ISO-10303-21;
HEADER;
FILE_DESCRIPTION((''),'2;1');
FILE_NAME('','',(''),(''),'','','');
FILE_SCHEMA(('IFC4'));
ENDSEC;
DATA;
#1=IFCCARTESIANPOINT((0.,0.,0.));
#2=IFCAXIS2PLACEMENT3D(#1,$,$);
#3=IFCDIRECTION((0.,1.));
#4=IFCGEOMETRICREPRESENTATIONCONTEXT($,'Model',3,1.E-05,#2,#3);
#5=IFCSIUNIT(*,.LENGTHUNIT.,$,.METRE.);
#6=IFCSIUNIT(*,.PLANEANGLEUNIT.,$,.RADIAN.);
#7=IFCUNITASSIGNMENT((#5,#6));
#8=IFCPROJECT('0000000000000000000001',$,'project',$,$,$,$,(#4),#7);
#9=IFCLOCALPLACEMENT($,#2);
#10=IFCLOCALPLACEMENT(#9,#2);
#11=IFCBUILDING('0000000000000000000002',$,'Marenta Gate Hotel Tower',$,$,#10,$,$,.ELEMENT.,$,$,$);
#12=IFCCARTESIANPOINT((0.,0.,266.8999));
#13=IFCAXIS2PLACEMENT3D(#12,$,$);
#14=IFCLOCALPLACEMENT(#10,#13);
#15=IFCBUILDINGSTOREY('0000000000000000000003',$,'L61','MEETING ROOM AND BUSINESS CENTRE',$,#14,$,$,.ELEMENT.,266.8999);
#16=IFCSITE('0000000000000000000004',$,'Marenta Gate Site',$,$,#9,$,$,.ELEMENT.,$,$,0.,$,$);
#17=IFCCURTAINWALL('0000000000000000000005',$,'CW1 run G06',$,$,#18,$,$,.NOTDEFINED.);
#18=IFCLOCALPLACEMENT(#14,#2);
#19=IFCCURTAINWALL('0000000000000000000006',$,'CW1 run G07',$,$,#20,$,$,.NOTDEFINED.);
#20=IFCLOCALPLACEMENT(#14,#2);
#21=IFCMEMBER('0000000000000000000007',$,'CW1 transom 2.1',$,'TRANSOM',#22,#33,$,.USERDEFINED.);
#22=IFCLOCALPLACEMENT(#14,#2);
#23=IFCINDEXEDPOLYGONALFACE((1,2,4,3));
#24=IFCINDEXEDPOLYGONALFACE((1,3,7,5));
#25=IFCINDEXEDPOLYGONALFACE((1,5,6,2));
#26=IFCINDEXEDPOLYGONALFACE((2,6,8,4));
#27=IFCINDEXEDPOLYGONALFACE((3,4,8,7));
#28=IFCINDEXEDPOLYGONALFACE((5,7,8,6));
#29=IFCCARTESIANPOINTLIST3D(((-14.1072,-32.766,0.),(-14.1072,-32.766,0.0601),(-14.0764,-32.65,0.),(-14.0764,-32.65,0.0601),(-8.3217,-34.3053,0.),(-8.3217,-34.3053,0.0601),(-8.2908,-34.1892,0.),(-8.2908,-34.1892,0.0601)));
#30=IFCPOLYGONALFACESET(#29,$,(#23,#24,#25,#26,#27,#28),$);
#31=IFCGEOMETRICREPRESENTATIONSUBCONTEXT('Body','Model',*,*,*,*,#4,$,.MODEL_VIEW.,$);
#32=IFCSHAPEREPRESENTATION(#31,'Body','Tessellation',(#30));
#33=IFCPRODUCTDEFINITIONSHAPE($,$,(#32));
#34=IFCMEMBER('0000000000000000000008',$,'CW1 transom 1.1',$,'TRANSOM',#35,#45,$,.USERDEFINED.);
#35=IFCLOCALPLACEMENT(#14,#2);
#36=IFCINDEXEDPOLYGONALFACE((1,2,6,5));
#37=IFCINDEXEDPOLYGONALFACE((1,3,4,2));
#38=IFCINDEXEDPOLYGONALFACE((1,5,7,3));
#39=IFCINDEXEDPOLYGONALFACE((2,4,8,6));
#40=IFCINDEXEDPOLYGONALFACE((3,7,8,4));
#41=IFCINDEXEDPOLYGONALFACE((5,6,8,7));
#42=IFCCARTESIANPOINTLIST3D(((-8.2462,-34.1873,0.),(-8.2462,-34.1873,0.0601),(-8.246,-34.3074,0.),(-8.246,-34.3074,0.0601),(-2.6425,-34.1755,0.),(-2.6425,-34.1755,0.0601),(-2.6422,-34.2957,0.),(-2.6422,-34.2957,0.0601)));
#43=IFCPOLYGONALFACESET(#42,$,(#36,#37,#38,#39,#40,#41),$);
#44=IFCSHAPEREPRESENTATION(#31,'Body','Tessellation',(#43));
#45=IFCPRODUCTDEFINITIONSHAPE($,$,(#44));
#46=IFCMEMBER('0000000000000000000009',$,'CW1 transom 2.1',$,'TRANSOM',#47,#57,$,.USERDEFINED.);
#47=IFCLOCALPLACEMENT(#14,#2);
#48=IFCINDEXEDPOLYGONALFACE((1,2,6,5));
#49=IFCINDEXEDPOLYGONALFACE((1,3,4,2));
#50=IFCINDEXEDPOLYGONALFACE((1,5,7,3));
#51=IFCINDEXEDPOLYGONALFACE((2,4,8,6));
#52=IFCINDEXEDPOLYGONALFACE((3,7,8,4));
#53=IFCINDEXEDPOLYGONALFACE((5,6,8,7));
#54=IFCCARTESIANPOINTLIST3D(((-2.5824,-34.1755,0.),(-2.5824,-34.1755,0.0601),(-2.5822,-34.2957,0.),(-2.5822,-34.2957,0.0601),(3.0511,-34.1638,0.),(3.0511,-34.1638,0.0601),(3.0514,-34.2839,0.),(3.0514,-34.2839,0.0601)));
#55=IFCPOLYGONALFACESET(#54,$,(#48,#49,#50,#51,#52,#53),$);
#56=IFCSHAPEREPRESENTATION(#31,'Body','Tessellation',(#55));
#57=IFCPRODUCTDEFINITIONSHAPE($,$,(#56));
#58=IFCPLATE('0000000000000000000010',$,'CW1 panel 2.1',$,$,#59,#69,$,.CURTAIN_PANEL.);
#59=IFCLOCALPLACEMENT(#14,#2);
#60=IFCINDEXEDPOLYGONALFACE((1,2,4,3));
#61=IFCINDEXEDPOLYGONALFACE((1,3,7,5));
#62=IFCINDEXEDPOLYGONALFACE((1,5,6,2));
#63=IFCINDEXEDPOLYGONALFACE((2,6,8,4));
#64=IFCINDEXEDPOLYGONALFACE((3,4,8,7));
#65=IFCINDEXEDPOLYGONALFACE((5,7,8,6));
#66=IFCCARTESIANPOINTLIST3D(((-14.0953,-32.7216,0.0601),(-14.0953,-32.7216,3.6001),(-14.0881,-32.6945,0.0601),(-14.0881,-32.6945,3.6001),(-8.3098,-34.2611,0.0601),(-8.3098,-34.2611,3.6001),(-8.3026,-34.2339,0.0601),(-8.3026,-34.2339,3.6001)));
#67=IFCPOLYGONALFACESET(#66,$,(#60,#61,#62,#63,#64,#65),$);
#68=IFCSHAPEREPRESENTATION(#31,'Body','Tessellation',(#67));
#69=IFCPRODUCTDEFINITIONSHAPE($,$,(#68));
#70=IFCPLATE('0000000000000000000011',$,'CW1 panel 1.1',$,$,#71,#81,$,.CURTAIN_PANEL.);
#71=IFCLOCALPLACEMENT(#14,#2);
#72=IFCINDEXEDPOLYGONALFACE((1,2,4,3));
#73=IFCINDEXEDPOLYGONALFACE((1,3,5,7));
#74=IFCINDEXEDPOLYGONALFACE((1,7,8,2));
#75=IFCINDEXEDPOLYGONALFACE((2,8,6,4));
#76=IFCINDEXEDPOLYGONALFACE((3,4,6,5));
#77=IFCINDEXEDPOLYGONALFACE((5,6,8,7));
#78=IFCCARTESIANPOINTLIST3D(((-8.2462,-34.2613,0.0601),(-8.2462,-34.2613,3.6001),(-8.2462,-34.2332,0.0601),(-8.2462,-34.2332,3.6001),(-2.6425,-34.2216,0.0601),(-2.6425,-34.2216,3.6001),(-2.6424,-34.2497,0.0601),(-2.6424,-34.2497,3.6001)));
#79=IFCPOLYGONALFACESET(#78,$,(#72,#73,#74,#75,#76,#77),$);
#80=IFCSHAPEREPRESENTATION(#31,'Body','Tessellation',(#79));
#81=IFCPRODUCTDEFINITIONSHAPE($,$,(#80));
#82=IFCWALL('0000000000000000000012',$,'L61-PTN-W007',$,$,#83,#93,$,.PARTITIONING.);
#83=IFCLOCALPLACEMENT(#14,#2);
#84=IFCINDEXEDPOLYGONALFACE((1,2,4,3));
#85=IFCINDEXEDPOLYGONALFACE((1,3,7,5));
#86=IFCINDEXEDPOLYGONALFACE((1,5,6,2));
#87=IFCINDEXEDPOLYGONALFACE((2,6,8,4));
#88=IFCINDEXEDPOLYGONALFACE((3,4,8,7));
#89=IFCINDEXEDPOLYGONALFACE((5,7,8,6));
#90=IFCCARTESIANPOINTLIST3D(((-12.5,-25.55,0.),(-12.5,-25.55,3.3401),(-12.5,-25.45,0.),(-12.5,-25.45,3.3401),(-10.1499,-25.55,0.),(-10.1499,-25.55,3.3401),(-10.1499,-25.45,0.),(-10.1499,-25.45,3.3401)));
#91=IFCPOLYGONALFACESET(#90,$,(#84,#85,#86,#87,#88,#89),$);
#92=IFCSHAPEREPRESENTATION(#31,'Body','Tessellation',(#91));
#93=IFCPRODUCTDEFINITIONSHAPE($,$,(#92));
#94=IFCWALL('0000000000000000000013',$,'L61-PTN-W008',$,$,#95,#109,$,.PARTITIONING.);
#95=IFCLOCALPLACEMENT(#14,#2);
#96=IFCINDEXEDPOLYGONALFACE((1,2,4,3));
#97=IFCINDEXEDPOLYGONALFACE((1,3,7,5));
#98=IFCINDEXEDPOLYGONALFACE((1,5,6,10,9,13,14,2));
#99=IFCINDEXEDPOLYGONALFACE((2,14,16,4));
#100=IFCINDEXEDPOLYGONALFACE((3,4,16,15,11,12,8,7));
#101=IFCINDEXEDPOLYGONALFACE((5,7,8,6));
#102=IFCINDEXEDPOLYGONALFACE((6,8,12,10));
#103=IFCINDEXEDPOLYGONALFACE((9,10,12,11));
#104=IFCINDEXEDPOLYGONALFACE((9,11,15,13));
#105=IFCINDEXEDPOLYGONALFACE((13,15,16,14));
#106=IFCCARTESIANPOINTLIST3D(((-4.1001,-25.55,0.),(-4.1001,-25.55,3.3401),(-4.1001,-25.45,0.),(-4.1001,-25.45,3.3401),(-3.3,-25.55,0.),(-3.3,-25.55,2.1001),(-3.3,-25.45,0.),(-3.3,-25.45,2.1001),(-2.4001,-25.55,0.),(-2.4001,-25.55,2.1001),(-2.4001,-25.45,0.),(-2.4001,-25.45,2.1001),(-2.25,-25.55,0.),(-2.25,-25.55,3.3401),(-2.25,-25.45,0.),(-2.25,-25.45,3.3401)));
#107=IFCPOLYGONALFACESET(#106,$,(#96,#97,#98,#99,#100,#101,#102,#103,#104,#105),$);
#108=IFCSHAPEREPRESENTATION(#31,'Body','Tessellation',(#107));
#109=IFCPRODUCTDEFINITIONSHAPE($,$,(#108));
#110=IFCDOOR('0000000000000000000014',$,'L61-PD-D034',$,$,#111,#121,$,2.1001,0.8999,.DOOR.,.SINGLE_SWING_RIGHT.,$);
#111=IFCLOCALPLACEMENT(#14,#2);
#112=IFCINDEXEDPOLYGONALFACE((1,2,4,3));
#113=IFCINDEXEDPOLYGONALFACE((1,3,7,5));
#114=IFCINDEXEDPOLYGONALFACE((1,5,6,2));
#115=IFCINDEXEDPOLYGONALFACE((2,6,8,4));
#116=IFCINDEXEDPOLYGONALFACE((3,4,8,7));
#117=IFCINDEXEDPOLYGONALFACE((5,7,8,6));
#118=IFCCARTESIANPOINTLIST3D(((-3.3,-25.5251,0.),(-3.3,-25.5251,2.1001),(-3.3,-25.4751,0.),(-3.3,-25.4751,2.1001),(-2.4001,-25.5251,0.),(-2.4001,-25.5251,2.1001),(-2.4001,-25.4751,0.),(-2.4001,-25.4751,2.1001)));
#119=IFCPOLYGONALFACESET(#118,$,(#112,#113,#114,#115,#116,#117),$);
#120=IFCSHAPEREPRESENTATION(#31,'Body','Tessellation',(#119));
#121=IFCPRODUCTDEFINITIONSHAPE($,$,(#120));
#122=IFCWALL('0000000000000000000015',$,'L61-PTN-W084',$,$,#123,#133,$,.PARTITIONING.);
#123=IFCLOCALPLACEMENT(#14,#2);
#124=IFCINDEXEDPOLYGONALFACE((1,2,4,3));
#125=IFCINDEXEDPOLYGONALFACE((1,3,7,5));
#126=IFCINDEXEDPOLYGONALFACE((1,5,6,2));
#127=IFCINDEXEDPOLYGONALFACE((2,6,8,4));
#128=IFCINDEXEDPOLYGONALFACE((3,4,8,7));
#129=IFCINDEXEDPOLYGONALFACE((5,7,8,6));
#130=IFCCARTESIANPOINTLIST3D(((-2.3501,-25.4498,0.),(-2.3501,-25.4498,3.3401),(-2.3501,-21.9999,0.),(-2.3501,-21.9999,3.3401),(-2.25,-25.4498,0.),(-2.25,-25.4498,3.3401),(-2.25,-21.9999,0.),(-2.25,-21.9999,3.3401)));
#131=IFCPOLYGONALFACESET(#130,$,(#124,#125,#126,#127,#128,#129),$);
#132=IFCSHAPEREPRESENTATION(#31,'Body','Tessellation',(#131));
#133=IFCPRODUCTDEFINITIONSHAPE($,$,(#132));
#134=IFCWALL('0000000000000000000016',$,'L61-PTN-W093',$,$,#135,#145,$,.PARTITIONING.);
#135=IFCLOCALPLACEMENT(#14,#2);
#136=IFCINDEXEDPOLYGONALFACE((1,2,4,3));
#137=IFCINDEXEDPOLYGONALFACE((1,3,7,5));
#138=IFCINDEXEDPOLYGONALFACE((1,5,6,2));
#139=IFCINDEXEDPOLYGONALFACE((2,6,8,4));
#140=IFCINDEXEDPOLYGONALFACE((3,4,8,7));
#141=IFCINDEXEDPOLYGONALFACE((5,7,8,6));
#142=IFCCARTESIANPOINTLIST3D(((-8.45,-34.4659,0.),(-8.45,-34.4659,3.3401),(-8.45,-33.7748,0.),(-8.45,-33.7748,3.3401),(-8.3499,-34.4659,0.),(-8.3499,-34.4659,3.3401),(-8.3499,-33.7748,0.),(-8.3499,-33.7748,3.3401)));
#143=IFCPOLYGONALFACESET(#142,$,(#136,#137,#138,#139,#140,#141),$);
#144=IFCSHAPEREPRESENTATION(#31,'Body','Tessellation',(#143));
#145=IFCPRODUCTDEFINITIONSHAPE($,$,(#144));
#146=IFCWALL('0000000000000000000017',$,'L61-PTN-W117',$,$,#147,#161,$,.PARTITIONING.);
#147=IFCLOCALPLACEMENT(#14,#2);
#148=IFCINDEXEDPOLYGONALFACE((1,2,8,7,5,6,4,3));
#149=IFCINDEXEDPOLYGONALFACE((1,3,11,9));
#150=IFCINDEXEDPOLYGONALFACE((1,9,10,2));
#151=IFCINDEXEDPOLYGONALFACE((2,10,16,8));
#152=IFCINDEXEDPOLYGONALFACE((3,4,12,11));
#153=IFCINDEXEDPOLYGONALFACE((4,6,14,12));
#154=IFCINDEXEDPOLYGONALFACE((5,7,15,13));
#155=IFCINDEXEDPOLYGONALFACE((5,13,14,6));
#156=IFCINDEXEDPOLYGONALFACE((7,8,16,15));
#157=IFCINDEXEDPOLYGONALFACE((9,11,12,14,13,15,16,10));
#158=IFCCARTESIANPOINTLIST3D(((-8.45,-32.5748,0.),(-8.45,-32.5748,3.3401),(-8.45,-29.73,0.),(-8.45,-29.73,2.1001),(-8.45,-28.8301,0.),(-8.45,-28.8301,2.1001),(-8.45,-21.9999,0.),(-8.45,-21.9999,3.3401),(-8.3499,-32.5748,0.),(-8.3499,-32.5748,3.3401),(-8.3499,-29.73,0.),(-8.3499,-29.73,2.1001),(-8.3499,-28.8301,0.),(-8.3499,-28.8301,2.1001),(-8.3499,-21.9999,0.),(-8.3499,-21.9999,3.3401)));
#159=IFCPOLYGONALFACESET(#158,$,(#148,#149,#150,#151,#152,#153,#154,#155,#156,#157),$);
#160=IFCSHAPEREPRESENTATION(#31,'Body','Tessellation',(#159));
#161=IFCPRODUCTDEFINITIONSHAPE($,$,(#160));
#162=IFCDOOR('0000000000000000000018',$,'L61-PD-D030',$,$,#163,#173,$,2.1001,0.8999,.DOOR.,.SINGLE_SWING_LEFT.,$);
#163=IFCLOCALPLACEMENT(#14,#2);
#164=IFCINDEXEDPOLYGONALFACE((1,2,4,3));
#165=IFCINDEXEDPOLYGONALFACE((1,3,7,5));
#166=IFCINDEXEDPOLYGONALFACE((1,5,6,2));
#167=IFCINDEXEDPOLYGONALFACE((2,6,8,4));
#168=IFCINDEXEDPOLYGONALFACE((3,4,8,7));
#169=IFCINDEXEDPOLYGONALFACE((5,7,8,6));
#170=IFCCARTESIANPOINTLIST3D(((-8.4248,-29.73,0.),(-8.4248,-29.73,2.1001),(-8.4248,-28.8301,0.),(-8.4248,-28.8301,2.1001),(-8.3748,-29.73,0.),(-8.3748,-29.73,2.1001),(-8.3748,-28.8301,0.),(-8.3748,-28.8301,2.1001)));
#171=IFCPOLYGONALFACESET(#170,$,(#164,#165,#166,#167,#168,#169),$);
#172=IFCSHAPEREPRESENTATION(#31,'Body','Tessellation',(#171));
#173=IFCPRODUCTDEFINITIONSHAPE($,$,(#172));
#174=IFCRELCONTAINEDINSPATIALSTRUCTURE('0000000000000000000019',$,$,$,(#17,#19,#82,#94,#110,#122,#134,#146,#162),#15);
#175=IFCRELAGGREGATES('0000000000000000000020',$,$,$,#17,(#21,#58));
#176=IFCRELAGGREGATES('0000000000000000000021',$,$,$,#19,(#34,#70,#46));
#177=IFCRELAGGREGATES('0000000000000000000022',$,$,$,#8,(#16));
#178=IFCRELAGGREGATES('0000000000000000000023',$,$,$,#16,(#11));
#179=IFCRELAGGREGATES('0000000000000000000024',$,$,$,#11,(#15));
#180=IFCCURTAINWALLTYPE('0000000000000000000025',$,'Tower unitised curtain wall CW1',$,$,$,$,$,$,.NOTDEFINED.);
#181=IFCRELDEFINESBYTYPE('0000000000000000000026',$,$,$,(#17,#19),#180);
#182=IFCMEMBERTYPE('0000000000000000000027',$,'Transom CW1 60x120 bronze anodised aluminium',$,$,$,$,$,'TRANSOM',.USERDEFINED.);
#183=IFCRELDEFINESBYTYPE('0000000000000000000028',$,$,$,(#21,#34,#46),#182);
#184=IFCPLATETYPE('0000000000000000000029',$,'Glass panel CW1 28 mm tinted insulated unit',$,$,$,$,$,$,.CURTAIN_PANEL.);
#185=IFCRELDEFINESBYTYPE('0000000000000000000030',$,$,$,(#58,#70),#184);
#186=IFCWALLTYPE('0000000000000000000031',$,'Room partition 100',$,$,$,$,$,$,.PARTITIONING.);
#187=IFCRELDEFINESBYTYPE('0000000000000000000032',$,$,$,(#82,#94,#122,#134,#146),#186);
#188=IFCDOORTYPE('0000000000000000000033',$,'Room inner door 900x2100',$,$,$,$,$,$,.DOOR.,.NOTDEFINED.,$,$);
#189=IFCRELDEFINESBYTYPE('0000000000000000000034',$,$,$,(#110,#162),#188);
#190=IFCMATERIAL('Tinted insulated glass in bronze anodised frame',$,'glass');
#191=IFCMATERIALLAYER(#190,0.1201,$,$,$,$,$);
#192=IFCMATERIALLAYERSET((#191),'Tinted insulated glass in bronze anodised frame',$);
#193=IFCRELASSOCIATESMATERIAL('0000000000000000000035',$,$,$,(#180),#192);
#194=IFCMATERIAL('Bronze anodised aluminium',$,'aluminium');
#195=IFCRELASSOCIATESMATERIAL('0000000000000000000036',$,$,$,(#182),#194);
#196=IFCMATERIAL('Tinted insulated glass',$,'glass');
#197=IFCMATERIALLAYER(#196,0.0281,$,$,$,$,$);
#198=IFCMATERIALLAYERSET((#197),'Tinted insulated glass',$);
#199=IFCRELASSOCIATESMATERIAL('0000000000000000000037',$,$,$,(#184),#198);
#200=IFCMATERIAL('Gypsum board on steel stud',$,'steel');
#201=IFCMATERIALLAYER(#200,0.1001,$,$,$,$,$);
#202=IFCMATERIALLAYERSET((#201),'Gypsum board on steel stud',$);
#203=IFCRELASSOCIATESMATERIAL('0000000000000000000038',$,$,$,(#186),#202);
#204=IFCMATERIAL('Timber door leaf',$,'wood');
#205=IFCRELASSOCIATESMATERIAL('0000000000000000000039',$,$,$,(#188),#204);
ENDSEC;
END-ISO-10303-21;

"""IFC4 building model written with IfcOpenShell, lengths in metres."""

from ifc_helpers import new_model, si_unit, direction, frame, frame_2d, origin, origin_2d, place, context, subcontext, project, spatial, rectangle, extrude, material, layer, layer_set, material_profile, profile_set, type_object, element, fill, aggregate, save


model = new_model("IFC4")

# Units and contexts
model_context = context("Model", 3, precision=1e-05, world=origin(), true_north=direction((0.0, 1.0)))
body_context = subcontext(model_context, "Body", "Model", "MODEL_VIEW")
ifc_project = project(units=[si_unit("LENGTHUNIT", "METRE"), si_unit("PLANEANGLEUNIT", "RADIAN")], contexts=[model_context])

# Site, building, storey
site_placement = place(None, origin())
site = spatial("IfcSite", under=ifc_project, at=site_placement, Name="Marenta Gate Site", CompositionType="ELEMENT", RefElevation=0.0)
building_placement = place(site_placement, origin())
building = spatial("IfcBuilding", under=site, at=building_placement, Name="Marenta Gate Hotel Tower", CompositionType="ELEMENT")
storey_placement = place(building_placement, frame((0.0, 0.0, 266.8999)))
storey = spatial("IfcBuildingStorey", under=building, at=storey_placement, Name="L61", Description="MEETING ROOM AND BUSINESS CENTRE", CompositionType="ELEMENT", Elevation=266.8999)

# Curtain wall
ifc_material_1 = material(Name="Tinted insulated glass in bronze anodised frame", Category="glass")
ifc_layer_1 = layer(ifc_material_1, 0.1201)
ifc_layer_set_1 = layer_set([ifc_layer_1], Name="Tinted insulated glass in bronze anodised frame")
curtain_wall_type = type_object("IfcCurtainWallType", Name="Tower unitised curtain wall CW1", PredefinedType="NOTDEFINED", material=ifc_layer_set_1)
curtain_wall_1_placement = place(storey_placement, origin())
curtain_wall_1 = element("IfcCurtainWall", 1, at=curtain_wall_1_placement, inside=storey, type_object=curtain_wall_type, Name="CW1 run G06", PredefinedType="NOTDEFINED")

# Curtain wall
curtain_wall_2_placement = place(storey_placement, origin())
curtain_wall_2 = element("IfcCurtainWall", 2, at=curtain_wall_2_placement, inside=storey, type_object=curtain_wall_type, Name="CW1 run G07", PredefinedType="NOTDEFINED")

# Members
ifc_material_2 = material(Name="Bronze anodised aluminium", Category="aluminium")
ifc_material_profile_1 = material_profile(ifc_material_2, rectangle(XDim=0.1201, YDim=0.0601, at=origin_2d()), Name="Transom CW1 60x120 bronze anodised aluminium")
ifc_profile_set_1 = profile_set([ifc_material_profile_1], Name="Bronze anodised aluminium")
member_type_1 = type_object("IfcMemberType", Name="Transom CW1 60x120 bronze anodised aluminium", ElementType="TRANSOM", PredefinedType="USERDEFINED", material=ifc_profile_set_1)
member_1_placement = place(storey_placement, frame((-14.0918, -32.708, 0.03), z_axis=(0.966382, -0.257112, 0.0), x_axis=(0.257112, 0.966382, 0.0)))
member_1 = element("IfcMember", 3, at=member_1_placement, type_object=member_type_1, Name="CW1 transom 2.1", ObjectType="TRANSOM", PredefinedType="USERDEFINED", context=body_context, shape_type="SweptSolid", body=[
    extrude(rectangle(XDim=0.1201, YDim=0.0601, at=origin_2d()), origin(), (0.0, 0.0, 1.0), 5.9868),
])
member_2_placement = place(storey_placement, frame((-8.2461, -34.2473, 0.03), z_axis=(0.999998, 0.002091, 0.0), x_axis=(-0.002091, 0.999998, 0.0)))
member_2 = element("IfcMember", 4, at=member_2_placement, type_object=member_type_1, Name="CW1 transom 1.1", ObjectType="TRANSOM", PredefinedType="USERDEFINED", context=body_context, shape_type="SweptSolid", body=[
    extrude(rectangle(XDim=0.1201, YDim=0.0601, at=origin_2d()), origin(), (0.0, 0.0, 1.0), 5.6038),
])
member_3_placement = place(storey_placement, frame((-2.5823, -34.2356, 0.03), z_axis=(0.999998, 0.00208, 0.0), x_axis=(-0.00208, 0.999998, 0.0)))
member_3 = element("IfcMember", 5, at=member_3_placement, type_object=member_type_1, Name="CW1 transom 2.1", ObjectType="TRANSOM", PredefinedType="USERDEFINED", context=body_context, shape_type="SweptSolid", body=[
    extrude(rectangle(XDim=0.1201, YDim=0.0601, at=origin_2d()), origin(), (0.0, 0.0, 1.0), 5.6335),
])

# Plates
ifc_material_3 = material(Name="Tinted insulated glass", Category="glass")
ifc_layer_2 = layer(ifc_material_3, 0.0281)
ifc_layer_set_2 = layer_set([ifc_layer_2], Name="Tinted insulated glass")
plate_type = type_object("IfcPlateType", Name="Glass panel CW1 28 mm tinted insulated unit", PredefinedType="CURTAIN_PANEL", material=ifc_layer_set_2)
plate_1_placement = place(storey_placement, frame((-11.199, -33.4778, 0.0601), z_axis=(0.0, 0.0, 1.0), x_axis=(0.966376, -0.257134, 0.0)))
plate_1 = element("IfcPlate", 6, at=plate_1_placement, type_object=plate_type, Name="CW1 panel 2.1", PredefinedType="CURTAIN_PANEL", context=body_context, shape_type="SweptSolid", body=[
    extrude(rectangle(XDim=5.9868, YDim=0.0281, at=origin_2d()), origin(), (0.0, 0.0, 1.0), 3.54),
])
aggregate(curtain_wall_1, [member_1, plate_1])
plate_2_placement = place(storey_placement, frame((-5.4443, -34.2415, 0.0601), z_axis=(0.0, 0.0, 1.0), x_axis=(0.999998, 0.002067, 0.0)))
plate_2 = element("IfcPlate", 7, at=plate_2_placement, type_object=plate_type, Name="CW1 panel 1.1", PredefinedType="CURTAIN_PANEL", context=body_context, shape_type="SweptSolid", body=[
    extrude(rectangle(XDim=5.6038, YDim=0.0281, at=origin_2d()), origin(), (0.0, 0.0, 1.0), 3.54),
])
aggregate(curtain_wall_2, [member_2, plate_2, member_3])

# Wall
ifc_material_4 = material(Name="Gypsum board on steel stud", Category="steel")
ifc_layer_3 = layer(ifc_material_4, 0.1001)
ifc_layer_set_3 = layer_set([ifc_layer_3], Name="Gypsum board on steel stud")
wall_type_1 = type_object("IfcWallType", Name="Room partition 100", PredefinedType="PARTITIONING", material=ifc_layer_set_3)
wall_1_placement = place(storey_placement, frame((-12.5, -25.5, 0.0), z_axis=(0.0, 0.0, 1.0), x_axis=(1.0, 0.0, 0.0)))
element("IfcWall", 8, at=wall_1_placement, inside=storey, type_object=wall_type_1, Name="L61-PTN-W007", PredefinedType="PARTITIONING", context=body_context, shape_type="SweptSolid", body=[
    extrude(rectangle(XDim=2.3501, YDim=0.1001, at=frame_2d((1.175, 0.0))), origin(), (0.0, 0.0, 1.0), 3.3401),
])

# Wall, opening, door
wall_2_placement = place(storey_placement, frame((-4.1001, -25.5, 0.0), z_axis=(0.0, 0.0, 1.0), x_axis=(1.0, 0.0, 0.0)))
wall_2 = element("IfcWall", 9, at=wall_2_placement, inside=storey, type_object=wall_type_1, Name="L61-PTN-W008", PredefinedType="PARTITIONING", context=body_context, shape_type="SweptSolid", body=[
    extrude(rectangle(XDim=1.8501, YDim=0.1001, at=frame_2d((0.925, 0.0))), origin(), (0.0, 0.0, 1.0), 3.3401),
])
opening_1_placement = place(wall_2_placement, frame((0.8, 0.0, 0.0)))
opening_1 = element("IfcOpeningElement", 10, at=opening_1_placement, cuts=wall_2, PredefinedType="OPENING", context=body_context, shape_type="SweptSolid", body=[
    extrude(rectangle(XDim=0.8999, YDim=2.1001, at=frame_2d((0.45, 1.05))), frame((0.0, 0.05, 0.0), z_axis=(0.0, -1.0, 0.0), x_axis=(1.0, 0.0, 0.0)), (0.0, 0.0, 1.0), 0.1001),
])
ifc_material_5 = material(Name="Timber door leaf", Category="wood")
door_type_1 = type_object("IfcDoorType", Name="Room inner door 900x2100", OperationType="NOTDEFINED", PredefinedType="DOOR", material=ifc_material_5)
door_1_placement = place(opening_1_placement, origin())
door_1 = element("IfcDoor", 11, at=door_1_placement, inside=storey, type_object=door_type_1, Name="L61-PD-D034", OperationType="SINGLE_SWING_RIGHT", OverallHeight=2.1001, OverallWidth=0.8999, PredefinedType="DOOR", context=body_context, shape_type="SweptSolid", body=[
    extrude(rectangle(XDim=0.8999, YDim=2.1001, at=frame_2d((0.45, 1.05))), frame((0.0, 0.0249, 0.0), z_axis=(0.0, -1.0, 0.0), x_axis=(1.0, 0.0, 0.0)), (0.0, 0.0, 1.0), 0.05),
])
fill(opening_1, door_1)

# Walls
wall_3_placement = place(storey_placement, frame((-2.3, -25.45, 0.0), z_axis=(0.0, 0.0, 1.0), x_axis=(0.0, 1.0, 0.0)))
element("IfcWall", 12, at=wall_3_placement, inside=storey, type_object=wall_type_1, Name="L61-PTN-W084", PredefinedType="PARTITIONING", context=body_context, shape_type="SweptSolid", body=[
    extrude(rectangle(XDim=3.45, YDim=0.1001, at=frame_2d((1.7251, 0.0))), origin(), (0.0, 0.0, 1.0), 3.3401),
])
wall_4_placement = place(storey_placement, frame((-8.3999, -34.4661, 0.0), z_axis=(0.0, 0.0, 1.0), x_axis=(0.0, 1.0, 0.0)))
element("IfcWall", 13, at=wall_4_placement, inside=storey, type_object=wall_type_1, Name="L61-PTN-W093", PredefinedType="PARTITIONING", context=body_context, shape_type="SweptSolid", body=[
    extrude(rectangle(XDim=0.6912, YDim=0.1001, at=frame_2d((0.3457, 0.0))), origin(), (0.0, 0.0, 1.0), 3.3401),
])

# Wall, opening, door
wall_5_placement = place(storey_placement, frame((-8.3999, -32.575, 0.0), z_axis=(0.0, 0.0, 1.0), x_axis=(0.0, 1.0, 0.0)))
wall_5 = element("IfcWall", 14, at=wall_5_placement, inside=storey, type_object=wall_type_1, Name="L61-PTN-W117", PredefinedType="PARTITIONING", context=body_context, shape_type="SweptSolid", body=[
    extrude(rectangle(XDim=10.575, YDim=0.1001, at=frame_2d((5.2876, 0.0))), origin(), (0.0, 0.0, 1.0), 3.3401),
])
opening_2_placement = place(wall_5_placement, frame((2.845, 0.0, 0.0)))
opening_2 = element("IfcOpeningElement", 15, at=opening_2_placement, cuts=wall_5, PredefinedType="OPENING", context=body_context, shape_type="SweptSolid", body=[
    extrude(rectangle(XDim=0.8999, YDim=2.1001, at=frame_2d((0.45, 1.05))), frame((0.0, 0.05, 0.0), z_axis=(0.0, -1.0, 0.0), x_axis=(1.0, 0.0, 0.0)), (0.0, 0.0, 1.0), 0.1001),
])
door_2_placement = place(opening_2_placement, origin())
door_2 = element("IfcDoor", 16, at=door_2_placement, inside=storey, type_object=door_type_1, Name="L61-PD-D030", OperationType="SINGLE_SWING_LEFT", OverallHeight=2.1001, OverallWidth=0.8999, PredefinedType="DOOR", context=body_context, shape_type="SweptSolid", body=[
    extrude(rectangle(XDim=0.8999, YDim=2.1001, at=frame_2d((0.45, 1.05))), frame((0.0, 0.0249, 0.0), z_axis=(0.0, -1.0, 0.0), x_axis=(1.0, 0.0, 0.0)), (0.0, 0.0, 1.0), 0.05),
])
fill(opening_2, door_2)

save(model, "model.ifc")
